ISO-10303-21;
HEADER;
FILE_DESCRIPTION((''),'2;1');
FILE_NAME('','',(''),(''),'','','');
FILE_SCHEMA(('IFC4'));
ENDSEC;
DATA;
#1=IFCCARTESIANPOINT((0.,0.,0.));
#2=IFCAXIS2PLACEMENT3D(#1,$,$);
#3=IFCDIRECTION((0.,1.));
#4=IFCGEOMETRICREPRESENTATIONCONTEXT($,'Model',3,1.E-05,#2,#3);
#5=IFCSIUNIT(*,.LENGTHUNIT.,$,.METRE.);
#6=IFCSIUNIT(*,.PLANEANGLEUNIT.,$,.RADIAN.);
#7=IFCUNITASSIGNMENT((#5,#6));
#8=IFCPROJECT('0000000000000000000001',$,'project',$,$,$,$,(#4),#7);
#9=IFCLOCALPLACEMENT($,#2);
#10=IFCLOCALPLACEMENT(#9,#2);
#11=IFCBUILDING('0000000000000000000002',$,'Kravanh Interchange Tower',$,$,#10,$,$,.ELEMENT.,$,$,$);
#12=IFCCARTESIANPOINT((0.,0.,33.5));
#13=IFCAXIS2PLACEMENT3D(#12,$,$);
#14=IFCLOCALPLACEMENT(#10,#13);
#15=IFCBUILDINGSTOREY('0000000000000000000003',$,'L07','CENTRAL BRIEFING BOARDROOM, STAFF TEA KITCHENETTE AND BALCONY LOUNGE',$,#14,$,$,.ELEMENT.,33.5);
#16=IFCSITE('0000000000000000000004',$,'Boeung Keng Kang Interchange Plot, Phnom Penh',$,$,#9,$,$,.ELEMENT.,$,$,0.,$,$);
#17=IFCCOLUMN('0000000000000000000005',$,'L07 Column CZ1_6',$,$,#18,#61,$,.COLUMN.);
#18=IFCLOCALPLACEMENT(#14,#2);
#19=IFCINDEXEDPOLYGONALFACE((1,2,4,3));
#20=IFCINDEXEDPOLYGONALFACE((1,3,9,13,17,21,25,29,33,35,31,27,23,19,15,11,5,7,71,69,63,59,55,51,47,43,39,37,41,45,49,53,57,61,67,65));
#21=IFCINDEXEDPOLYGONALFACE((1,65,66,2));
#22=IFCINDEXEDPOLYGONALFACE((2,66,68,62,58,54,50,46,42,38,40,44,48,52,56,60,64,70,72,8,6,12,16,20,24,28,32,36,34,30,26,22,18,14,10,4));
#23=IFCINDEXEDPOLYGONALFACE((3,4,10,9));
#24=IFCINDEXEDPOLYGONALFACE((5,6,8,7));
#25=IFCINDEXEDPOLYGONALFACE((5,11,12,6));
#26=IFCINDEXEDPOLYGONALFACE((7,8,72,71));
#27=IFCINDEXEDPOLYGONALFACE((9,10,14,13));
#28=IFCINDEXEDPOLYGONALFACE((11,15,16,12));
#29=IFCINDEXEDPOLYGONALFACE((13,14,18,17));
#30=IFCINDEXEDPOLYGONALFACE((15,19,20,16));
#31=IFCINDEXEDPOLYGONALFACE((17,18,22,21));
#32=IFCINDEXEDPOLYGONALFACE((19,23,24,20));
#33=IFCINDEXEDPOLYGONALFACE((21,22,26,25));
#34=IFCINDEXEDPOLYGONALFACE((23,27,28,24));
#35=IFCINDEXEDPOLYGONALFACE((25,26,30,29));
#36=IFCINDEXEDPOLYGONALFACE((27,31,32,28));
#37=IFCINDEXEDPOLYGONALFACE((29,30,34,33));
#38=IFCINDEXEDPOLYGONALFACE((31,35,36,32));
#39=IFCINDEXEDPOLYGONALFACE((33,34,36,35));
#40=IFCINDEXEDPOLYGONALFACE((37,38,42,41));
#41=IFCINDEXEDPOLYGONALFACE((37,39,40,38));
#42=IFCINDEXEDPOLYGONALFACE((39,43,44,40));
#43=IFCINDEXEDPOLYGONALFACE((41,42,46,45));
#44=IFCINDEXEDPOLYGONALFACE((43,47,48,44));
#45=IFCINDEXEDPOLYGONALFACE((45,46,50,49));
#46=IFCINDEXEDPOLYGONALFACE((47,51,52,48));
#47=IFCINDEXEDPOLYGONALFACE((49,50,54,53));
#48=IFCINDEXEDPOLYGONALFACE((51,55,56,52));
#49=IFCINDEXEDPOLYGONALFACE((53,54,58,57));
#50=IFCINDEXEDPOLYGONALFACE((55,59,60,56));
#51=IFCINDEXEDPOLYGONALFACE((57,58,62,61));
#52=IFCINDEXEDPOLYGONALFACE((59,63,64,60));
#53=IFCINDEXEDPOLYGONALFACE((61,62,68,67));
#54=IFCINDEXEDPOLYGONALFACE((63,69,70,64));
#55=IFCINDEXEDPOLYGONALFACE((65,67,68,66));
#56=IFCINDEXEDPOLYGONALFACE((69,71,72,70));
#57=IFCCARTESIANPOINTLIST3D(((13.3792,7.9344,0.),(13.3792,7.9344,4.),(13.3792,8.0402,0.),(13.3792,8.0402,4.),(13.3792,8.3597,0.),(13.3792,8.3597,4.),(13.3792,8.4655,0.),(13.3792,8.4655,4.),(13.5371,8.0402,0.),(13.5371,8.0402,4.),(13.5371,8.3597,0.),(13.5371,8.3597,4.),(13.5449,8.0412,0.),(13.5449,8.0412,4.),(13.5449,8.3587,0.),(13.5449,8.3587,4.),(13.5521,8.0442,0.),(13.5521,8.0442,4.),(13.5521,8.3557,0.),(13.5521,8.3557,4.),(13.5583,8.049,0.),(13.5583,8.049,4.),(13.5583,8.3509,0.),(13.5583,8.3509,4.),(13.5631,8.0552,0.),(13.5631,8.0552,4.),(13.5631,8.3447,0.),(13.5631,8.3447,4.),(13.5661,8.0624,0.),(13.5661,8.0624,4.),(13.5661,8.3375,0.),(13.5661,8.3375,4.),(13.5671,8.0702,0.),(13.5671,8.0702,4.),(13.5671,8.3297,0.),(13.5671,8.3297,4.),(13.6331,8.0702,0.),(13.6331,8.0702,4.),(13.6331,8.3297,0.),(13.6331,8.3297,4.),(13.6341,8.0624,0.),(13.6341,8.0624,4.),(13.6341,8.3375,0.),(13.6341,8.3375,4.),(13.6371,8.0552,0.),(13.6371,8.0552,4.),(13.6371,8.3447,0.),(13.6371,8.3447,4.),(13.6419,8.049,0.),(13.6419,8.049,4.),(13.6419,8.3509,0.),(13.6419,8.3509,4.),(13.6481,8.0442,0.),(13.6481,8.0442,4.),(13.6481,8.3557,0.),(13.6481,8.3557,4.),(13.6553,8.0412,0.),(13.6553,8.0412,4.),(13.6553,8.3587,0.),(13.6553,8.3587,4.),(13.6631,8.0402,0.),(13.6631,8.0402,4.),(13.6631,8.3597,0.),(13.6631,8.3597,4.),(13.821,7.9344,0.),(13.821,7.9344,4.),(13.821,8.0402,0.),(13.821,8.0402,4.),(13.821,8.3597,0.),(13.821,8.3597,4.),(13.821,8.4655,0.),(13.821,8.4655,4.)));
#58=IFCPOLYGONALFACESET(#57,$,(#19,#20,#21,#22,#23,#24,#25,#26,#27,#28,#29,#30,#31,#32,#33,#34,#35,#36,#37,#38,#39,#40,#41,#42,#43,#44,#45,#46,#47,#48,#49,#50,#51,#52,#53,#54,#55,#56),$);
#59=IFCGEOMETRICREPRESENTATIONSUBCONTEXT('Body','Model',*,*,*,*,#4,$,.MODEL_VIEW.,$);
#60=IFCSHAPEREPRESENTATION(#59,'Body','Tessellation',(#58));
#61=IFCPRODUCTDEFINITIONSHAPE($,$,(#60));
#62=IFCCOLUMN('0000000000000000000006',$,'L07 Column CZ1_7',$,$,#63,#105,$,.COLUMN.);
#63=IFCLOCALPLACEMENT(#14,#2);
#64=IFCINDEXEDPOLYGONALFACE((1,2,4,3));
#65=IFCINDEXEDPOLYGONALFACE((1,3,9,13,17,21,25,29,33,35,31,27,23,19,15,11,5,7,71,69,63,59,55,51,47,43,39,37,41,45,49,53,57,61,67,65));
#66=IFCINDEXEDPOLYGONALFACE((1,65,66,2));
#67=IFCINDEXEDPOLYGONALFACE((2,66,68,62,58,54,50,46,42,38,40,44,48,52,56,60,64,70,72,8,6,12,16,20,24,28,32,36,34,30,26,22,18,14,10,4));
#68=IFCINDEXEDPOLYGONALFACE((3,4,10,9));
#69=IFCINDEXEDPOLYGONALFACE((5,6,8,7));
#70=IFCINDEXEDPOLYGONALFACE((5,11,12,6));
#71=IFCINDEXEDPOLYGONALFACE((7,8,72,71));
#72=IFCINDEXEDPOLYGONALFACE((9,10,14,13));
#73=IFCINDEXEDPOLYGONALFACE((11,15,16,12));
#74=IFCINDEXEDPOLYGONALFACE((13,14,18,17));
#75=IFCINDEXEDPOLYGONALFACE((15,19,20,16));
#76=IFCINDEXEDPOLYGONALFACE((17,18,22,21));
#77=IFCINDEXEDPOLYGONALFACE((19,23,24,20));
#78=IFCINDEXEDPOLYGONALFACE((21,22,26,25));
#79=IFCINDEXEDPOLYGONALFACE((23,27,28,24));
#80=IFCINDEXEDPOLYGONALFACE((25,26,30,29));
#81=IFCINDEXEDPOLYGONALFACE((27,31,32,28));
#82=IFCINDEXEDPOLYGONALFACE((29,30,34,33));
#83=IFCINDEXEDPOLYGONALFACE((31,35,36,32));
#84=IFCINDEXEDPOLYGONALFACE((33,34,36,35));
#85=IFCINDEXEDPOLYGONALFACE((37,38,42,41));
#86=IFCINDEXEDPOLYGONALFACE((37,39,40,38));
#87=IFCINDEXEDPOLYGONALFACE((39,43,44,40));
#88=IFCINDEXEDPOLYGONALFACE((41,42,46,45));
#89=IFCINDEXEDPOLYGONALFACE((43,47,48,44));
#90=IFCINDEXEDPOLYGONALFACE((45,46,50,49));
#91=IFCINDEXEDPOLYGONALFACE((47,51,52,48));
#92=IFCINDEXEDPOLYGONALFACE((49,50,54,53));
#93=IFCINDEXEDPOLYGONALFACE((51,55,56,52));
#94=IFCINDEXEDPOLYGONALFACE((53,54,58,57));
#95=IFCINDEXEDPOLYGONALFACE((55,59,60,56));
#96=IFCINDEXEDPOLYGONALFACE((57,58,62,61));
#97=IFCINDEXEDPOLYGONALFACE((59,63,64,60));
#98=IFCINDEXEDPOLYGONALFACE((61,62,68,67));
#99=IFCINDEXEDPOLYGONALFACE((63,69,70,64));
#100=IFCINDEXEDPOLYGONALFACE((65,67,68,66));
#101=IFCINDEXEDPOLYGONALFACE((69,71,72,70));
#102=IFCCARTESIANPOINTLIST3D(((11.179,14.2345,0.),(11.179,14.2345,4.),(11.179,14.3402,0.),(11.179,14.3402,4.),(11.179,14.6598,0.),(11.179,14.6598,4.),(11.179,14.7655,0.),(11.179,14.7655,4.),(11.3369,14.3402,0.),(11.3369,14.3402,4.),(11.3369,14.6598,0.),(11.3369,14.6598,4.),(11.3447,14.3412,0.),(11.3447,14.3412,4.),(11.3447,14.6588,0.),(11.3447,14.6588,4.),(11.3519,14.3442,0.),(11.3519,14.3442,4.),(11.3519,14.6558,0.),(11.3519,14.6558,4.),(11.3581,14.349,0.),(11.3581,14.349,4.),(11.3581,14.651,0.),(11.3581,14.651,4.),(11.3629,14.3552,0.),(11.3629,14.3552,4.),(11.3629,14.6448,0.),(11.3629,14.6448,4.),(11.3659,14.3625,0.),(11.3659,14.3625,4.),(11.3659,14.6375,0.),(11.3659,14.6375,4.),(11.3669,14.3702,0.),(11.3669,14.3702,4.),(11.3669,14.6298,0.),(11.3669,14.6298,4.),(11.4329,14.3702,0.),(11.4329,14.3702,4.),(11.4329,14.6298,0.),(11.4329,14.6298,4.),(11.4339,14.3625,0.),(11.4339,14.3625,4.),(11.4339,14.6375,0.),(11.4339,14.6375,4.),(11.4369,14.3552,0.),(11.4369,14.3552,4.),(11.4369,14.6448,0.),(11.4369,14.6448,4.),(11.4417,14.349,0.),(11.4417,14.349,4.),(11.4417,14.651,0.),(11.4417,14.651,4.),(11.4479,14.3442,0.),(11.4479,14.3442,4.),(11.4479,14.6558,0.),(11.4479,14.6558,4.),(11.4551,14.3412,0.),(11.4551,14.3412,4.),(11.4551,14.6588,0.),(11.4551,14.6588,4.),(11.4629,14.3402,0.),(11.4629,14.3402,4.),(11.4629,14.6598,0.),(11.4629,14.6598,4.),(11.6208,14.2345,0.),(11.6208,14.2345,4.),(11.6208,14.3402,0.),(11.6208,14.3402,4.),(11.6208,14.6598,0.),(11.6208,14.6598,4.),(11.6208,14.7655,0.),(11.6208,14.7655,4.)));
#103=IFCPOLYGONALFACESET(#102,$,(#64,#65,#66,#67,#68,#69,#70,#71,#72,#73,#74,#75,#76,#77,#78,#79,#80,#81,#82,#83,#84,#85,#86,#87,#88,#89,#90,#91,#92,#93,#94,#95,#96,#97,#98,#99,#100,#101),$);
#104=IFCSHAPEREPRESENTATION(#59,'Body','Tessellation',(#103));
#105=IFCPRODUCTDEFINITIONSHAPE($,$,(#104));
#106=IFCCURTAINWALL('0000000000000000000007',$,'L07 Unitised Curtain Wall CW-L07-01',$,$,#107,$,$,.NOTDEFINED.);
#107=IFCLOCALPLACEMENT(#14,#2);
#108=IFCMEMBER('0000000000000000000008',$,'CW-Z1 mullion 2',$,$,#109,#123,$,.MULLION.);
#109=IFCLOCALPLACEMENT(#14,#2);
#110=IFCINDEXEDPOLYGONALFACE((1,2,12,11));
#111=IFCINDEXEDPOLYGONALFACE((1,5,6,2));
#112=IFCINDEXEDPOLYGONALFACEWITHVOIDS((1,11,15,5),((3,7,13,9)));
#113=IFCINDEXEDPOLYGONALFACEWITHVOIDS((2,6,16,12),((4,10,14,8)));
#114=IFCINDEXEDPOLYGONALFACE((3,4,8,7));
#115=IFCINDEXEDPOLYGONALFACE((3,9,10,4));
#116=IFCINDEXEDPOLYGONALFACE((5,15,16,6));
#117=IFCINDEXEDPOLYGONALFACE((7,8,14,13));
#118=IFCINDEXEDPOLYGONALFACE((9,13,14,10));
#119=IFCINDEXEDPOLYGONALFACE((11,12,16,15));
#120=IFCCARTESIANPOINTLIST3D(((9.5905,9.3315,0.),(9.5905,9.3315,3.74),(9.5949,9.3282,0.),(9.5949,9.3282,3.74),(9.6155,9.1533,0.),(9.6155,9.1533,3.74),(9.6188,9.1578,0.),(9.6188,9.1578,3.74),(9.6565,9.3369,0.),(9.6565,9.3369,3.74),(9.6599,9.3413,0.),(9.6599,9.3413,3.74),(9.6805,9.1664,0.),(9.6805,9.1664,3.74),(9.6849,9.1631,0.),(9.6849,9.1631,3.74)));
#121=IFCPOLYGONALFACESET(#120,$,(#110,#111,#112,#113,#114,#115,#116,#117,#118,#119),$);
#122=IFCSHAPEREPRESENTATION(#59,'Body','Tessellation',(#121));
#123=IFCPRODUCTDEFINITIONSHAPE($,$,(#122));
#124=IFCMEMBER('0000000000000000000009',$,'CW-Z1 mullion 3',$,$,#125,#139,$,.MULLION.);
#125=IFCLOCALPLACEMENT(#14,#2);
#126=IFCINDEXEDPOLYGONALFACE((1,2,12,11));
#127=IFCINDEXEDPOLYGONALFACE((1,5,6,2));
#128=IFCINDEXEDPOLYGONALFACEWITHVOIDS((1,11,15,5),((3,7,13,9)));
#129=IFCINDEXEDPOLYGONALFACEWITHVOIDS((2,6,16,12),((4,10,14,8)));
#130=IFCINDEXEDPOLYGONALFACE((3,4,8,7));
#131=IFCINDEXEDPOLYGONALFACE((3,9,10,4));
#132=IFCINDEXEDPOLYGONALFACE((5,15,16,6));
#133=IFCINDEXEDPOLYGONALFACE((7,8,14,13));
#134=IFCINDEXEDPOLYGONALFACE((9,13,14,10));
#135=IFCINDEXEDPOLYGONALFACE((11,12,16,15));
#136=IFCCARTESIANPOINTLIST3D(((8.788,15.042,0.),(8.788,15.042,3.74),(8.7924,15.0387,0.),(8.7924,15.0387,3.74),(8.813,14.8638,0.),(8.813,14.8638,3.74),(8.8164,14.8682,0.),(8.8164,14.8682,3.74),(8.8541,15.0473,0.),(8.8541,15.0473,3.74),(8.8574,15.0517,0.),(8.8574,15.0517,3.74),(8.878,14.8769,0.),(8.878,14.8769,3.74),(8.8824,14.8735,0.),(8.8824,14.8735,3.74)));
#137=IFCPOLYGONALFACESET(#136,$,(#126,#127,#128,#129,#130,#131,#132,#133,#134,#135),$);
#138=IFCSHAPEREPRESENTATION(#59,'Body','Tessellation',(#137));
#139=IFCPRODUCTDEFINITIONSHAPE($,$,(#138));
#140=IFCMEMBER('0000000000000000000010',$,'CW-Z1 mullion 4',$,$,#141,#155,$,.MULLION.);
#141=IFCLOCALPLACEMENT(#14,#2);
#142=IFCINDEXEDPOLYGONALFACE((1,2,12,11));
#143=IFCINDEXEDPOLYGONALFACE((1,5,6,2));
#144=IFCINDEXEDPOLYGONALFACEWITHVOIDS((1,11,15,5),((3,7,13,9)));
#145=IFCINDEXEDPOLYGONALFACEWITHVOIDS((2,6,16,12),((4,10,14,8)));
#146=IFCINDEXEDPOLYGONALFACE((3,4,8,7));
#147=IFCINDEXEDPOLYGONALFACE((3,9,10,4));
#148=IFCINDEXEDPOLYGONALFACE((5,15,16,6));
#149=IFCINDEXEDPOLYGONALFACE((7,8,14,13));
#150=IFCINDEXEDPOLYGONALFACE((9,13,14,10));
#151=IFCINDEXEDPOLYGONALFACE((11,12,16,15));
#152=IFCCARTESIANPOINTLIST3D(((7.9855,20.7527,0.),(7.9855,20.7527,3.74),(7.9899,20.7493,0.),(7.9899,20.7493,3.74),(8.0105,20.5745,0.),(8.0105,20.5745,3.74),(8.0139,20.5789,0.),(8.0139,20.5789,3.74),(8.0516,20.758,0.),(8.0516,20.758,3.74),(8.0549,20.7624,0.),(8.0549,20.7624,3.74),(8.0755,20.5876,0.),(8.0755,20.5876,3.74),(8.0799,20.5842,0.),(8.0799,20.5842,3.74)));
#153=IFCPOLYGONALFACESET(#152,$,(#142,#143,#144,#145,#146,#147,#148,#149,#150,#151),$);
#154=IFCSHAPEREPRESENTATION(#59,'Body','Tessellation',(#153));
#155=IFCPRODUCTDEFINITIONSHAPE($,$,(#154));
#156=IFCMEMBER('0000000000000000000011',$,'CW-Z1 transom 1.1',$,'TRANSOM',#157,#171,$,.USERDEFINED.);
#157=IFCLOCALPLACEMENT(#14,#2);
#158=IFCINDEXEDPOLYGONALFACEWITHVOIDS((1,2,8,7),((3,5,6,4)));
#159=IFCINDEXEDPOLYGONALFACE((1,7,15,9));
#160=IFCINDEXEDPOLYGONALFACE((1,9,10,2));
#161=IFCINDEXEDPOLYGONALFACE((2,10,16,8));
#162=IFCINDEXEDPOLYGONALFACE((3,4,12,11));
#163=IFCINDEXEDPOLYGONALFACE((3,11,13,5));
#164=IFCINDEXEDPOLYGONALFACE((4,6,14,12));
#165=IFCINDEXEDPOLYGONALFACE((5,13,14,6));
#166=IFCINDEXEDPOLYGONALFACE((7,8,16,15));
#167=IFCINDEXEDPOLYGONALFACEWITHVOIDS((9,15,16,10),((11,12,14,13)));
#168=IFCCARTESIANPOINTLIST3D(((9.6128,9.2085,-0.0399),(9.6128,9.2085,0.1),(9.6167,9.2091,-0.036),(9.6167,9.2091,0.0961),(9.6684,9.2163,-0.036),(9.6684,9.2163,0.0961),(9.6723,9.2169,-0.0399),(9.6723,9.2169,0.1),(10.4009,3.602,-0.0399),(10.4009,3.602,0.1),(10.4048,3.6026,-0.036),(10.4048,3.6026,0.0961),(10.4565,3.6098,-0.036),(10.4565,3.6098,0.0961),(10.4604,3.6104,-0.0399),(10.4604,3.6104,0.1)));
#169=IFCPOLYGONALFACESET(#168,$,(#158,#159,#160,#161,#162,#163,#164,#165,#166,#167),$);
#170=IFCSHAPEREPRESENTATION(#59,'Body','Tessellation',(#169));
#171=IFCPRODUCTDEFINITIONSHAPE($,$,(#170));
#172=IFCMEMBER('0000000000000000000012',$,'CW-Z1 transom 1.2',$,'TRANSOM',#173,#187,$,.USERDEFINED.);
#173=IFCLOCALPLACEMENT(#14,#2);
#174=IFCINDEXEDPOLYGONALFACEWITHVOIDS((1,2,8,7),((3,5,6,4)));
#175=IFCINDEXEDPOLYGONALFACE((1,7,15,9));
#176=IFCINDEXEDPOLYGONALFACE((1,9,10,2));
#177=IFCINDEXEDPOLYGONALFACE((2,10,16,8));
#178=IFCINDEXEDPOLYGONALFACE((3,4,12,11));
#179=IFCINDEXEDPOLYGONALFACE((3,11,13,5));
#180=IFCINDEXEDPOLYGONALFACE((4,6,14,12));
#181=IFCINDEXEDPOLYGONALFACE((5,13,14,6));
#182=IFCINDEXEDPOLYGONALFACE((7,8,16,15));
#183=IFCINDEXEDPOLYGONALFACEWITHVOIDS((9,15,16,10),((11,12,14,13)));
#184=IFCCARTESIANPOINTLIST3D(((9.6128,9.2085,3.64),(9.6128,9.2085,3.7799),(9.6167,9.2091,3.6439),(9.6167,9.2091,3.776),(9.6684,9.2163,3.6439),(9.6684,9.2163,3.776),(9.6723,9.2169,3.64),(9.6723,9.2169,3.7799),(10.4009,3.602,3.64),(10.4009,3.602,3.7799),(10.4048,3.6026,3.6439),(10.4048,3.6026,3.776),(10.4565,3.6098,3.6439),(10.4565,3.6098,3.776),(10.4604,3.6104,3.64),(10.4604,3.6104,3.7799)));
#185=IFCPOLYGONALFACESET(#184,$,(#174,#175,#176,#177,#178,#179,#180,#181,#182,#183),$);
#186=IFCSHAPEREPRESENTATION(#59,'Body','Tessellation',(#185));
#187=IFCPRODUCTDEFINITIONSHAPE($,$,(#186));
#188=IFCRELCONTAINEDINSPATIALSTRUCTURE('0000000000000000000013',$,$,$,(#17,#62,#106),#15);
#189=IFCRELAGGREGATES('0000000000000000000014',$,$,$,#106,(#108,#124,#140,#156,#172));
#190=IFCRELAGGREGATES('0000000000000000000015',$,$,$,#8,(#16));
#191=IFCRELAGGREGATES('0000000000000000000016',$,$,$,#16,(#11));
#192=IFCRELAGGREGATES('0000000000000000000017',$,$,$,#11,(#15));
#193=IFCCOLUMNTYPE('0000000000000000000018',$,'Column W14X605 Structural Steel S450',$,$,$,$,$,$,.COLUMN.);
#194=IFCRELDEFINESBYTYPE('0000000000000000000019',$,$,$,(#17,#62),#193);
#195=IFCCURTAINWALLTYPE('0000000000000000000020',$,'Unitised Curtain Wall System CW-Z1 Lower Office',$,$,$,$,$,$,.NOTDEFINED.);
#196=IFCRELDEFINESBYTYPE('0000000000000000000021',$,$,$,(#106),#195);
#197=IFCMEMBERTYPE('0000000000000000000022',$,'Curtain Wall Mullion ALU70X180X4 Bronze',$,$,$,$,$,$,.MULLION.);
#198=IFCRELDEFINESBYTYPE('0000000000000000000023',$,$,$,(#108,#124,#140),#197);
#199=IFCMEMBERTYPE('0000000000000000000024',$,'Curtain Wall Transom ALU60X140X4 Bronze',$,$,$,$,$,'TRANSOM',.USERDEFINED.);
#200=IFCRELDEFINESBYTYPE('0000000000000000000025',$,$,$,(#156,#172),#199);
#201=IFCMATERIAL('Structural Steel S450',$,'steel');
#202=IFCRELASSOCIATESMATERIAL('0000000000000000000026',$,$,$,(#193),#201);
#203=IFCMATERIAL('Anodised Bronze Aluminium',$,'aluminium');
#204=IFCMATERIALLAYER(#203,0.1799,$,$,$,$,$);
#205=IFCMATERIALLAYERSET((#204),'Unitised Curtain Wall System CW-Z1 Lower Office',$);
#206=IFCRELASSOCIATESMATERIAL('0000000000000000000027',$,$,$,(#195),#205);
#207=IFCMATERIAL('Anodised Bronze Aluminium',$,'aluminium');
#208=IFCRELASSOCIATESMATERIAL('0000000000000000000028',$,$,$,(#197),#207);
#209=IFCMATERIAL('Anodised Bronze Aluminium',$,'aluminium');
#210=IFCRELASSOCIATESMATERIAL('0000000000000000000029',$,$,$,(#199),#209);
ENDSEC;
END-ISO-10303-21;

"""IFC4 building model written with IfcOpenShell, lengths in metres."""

from ifc_helpers import new_model, si_unit, direction, frame, origin, origin_2d, place, context, subcontext, project, spatial, hollow_rectangle, i_section, extrude, material, layer, layer_set, material_profile, profile_set, type_object, element, aggregate, save


model = new_model("IFC4")

# Units and contexts
model_context = context("Model", 3, precision=1e-05, world=origin(), true_north=direction((0.0, 1.0)))
body_context = subcontext(model_context, "Body", "Model", "MODEL_VIEW")
ifc_project = project(units=[si_unit("LENGTHUNIT", "METRE"), si_unit("PLANEANGLEUNIT", "RADIAN")], contexts=[model_context])

# Site, building, storey
site_placement = place(None, origin())
site = spatial("IfcSite", under=ifc_project, at=site_placement, Name="Boeung Keng Kang Interchange Plot, Phnom Penh", CompositionType="ELEMENT", RefElevation=0.0)
building_placement = place(site_placement, origin())
building = spatial("IfcBuilding", under=site, at=building_placement, Name="Kravanh Interchange Tower", CompositionType="ELEMENT")
storey_placement = place(building_placement, frame((0.0, 0.0, 33.5)))
storey = spatial("IfcBuildingStorey", under=building, at=storey_placement, Name="L07", Description="CENTRAL BRIEFING BOARDROOM, STAFF TEA KITCHENETTE AND BALCONY LOUNGE", CompositionType="ELEMENT", Elevation=33.5)

# Columns
ifc_material_1 = material(Name="Structural Steel S450", Category="steel")
ifc_material_profile_1 = material_profile(ifc_material_1, i_section(OverallWidth=0.4419, OverallDepth=0.531, WebThickness=0.0659, FlangeThickness=0.1057, FilletRadius=0.03, at=origin_2d()), Name="W14X605")
ifc_profile_set_1 = profile_set([ifc_material_profile_1], Name="Structural Steel S450")
column_type = type_object("IfcColumnType", Name="Column W14X605 Structural Steel S450", PredefinedType="COLUMN", material=ifc_profile_set_1)
for number, where, z_axis, x_axis, name in (
    (1, (13.6001, 8.2, 0.0), (0.0, 0.0, 1.0), (1.0, 0.0, 0.0), "L07 Column CZ1_6"),
    (2, (11.3999, 14.5, 0.0), (0.0, 0.0, 1.0), (1.0, 0.0, 0.0), "L07 Column CZ1_7"),
):
    element("IfcColumn", number, at=place(storey_placement, frame(where, z_axis=z_axis, x_axis=x_axis)), inside=storey, type_object=column_type, Name=name, PredefinedType="COLUMN", context=body_context, shape_type="SweptSolid", body=[
        extrude(i_section(OverallWidth=0.4419, OverallDepth=0.531, WebThickness=0.0659, FlangeThickness=0.1057, FilletRadius=0.03, at=origin_2d()), origin(), (0.0, 0.0, 1.0), 4.0),
    ])

# Curtain wall, members
ifc_material_2 = material(Name="Anodised Bronze Aluminium", Category="aluminium")
ifc_layer_1 = layer(ifc_material_2, 0.1799)
ifc_layer_set_1 = layer_set([ifc_layer_1], Name="Unitised Curtain Wall System CW-Z1 Lower Office")
curtain_wall_type = type_object("IfcCurtainWallType", Name="Unitised Curtain Wall System CW-Z1 Lower Office", PredefinedType="NOTDEFINED", material=ifc_layer_set_1)
curtain_wall_placement = place(storey_placement, origin())
curtain_wall = element("IfcCurtainWall", 3, at=curtain_wall_placement, inside=storey, type_object=curtain_wall_type, Name="L07 Unitised Curtain Wall CW-L07-01", PredefinedType="NOTDEFINED")
ifc_material_3 = material(Name="Anodised Bronze Aluminium", Category="aluminium")
ifc_material_profile_2 = material_profile(ifc_material_3, hollow_rectangle(XDim=0.0701, YDim=0.1799, WallThickness=0.0039, at=origin_2d()), Name="ALU70X180X4")
ifc_profile_set_2 = profile_set([ifc_material_profile_2], Name="Anodised Bronze Aluminium")
member_type_1 = type_object("IfcMemberType", Name="Curtain Wall Mullion ALU70X180X4 Bronze", PredefinedType="MULLION", material=ifc_profile_set_2)
member_1_placement = place(storey_placement, frame((9.6377, 9.2473, 0.0), z_axis=(0.0, 0.0, 1.0), x_axis=(-0.990268, -0.139177, 0.0)))
member_1 = element("IfcMember", 4, at=member_1_placement, type_object=member_type_1, Name="CW-Z1 mullion 2", PredefinedType="MULLION", context=body_context, shape_type="SweptSolid", body=[
    extrude(hollow_rectangle(XDim=0.0701, YDim=0.1799, WallThickness=0.0039, at=origin_2d()), origin(), (0.0, 0.0, 1.0), 3.74),
])
member_2_placement = place(storey_placement, frame((8.8352, 14.9578, 0.0), z_axis=(0.0, 0.0, 1.0), x_axis=(-0.990268, -0.139177, 0.0)))
member_2 = element("IfcMember", 5, at=member_2_placement, type_object=member_type_1, Name="CW-Z1 mullion 3", PredefinedType="MULLION", context=body_context, shape_type="SweptSolid", body=[
    extrude(hollow_rectangle(XDim=0.0701, YDim=0.1799, WallThickness=0.0039, at=origin_2d()), origin(), (0.0, 0.0, 1.0), 3.74),
])
member_3_placement = place(storey_placement, frame((8.0327, 20.6685, 0.0), z_axis=(0.0, 0.0, 1.0), x_axis=(-0.990268, -0.139177, 0.0)))
member_3 = element("IfcMember", 6, at=member_3_placement, type_object=member_type_1, Name="CW-Z1 mullion 4", PredefinedType="MULLION", context=body_context, shape_type="SweptSolid", body=[
    extrude(hollow_rectangle(XDim=0.0701, YDim=0.1799, WallThickness=0.0039, at=origin_2d()), origin(), (0.0, 0.0, 1.0), 3.74),
])
ifc_material_4 = material(Name="Anodised Bronze Aluminium", Category="aluminium")
ifc_material_profile_3 = material_profile(ifc_material_4, hollow_rectangle(XDim=0.0601, YDim=0.1399, WallThickness=0.0039, at=origin_2d()), Name="ALU60X140X4")
ifc_profile_set_3 = profile_set([ifc_material_profile_3], Name="Anodised Bronze Aluminium")
member_type_2 = type_object("IfcMemberType", Name="Curtain Wall Transom ALU60X140X4 Bronze", ElementType="TRANSOM", PredefinedType="USERDEFINED", material=ifc_profile_set_3)
member_4_placement = place(storey_placement, frame((10.4307, 3.6062, 0.03), z_axis=(-0.139199, 0.990264, 0.0), x_axis=(-0.990264, -0.139199, 0.0)))
member_4 = element("IfcMember", 7, at=member_4_placement, type_object=member_type_2, Name="CW-Z1 transom 1.1", ObjectType="TRANSOM", PredefinedType="USERDEFINED", context=body_context, shape_type="SweptSolid", body=[
    extrude(hollow_rectangle(XDim=0.0601, YDim=0.1399, WallThickness=0.0039, at=origin_2d()), origin(), (0.0, 0.0, 1.0), 5.6616),
])
member_5_placement = place(storey_placement, frame((10.4307, 3.6062, 3.71), z_axis=(-0.139199, 0.990264, 0.0), x_axis=(-0.990264, -0.139199, 0.0)))
member_5 = element("IfcMember", 8, at=member_5_placement, type_object=member_type_2, Name="CW-Z1 transom 1.2", ObjectType="TRANSOM", PredefinedType="USERDEFINED", context=body_context, shape_type="SweptSolid", body=[
    extrude(hollow_rectangle(XDim=0.0601, YDim=0.1399, WallThickness=0.0039, at=origin_2d()), origin(), (0.0, 0.0, 1.0), 5.6616),
])

aggregate(curtain_wall, [member_1, member_2, member_3, member_4, member_5])

save(model, "model.ifc")
